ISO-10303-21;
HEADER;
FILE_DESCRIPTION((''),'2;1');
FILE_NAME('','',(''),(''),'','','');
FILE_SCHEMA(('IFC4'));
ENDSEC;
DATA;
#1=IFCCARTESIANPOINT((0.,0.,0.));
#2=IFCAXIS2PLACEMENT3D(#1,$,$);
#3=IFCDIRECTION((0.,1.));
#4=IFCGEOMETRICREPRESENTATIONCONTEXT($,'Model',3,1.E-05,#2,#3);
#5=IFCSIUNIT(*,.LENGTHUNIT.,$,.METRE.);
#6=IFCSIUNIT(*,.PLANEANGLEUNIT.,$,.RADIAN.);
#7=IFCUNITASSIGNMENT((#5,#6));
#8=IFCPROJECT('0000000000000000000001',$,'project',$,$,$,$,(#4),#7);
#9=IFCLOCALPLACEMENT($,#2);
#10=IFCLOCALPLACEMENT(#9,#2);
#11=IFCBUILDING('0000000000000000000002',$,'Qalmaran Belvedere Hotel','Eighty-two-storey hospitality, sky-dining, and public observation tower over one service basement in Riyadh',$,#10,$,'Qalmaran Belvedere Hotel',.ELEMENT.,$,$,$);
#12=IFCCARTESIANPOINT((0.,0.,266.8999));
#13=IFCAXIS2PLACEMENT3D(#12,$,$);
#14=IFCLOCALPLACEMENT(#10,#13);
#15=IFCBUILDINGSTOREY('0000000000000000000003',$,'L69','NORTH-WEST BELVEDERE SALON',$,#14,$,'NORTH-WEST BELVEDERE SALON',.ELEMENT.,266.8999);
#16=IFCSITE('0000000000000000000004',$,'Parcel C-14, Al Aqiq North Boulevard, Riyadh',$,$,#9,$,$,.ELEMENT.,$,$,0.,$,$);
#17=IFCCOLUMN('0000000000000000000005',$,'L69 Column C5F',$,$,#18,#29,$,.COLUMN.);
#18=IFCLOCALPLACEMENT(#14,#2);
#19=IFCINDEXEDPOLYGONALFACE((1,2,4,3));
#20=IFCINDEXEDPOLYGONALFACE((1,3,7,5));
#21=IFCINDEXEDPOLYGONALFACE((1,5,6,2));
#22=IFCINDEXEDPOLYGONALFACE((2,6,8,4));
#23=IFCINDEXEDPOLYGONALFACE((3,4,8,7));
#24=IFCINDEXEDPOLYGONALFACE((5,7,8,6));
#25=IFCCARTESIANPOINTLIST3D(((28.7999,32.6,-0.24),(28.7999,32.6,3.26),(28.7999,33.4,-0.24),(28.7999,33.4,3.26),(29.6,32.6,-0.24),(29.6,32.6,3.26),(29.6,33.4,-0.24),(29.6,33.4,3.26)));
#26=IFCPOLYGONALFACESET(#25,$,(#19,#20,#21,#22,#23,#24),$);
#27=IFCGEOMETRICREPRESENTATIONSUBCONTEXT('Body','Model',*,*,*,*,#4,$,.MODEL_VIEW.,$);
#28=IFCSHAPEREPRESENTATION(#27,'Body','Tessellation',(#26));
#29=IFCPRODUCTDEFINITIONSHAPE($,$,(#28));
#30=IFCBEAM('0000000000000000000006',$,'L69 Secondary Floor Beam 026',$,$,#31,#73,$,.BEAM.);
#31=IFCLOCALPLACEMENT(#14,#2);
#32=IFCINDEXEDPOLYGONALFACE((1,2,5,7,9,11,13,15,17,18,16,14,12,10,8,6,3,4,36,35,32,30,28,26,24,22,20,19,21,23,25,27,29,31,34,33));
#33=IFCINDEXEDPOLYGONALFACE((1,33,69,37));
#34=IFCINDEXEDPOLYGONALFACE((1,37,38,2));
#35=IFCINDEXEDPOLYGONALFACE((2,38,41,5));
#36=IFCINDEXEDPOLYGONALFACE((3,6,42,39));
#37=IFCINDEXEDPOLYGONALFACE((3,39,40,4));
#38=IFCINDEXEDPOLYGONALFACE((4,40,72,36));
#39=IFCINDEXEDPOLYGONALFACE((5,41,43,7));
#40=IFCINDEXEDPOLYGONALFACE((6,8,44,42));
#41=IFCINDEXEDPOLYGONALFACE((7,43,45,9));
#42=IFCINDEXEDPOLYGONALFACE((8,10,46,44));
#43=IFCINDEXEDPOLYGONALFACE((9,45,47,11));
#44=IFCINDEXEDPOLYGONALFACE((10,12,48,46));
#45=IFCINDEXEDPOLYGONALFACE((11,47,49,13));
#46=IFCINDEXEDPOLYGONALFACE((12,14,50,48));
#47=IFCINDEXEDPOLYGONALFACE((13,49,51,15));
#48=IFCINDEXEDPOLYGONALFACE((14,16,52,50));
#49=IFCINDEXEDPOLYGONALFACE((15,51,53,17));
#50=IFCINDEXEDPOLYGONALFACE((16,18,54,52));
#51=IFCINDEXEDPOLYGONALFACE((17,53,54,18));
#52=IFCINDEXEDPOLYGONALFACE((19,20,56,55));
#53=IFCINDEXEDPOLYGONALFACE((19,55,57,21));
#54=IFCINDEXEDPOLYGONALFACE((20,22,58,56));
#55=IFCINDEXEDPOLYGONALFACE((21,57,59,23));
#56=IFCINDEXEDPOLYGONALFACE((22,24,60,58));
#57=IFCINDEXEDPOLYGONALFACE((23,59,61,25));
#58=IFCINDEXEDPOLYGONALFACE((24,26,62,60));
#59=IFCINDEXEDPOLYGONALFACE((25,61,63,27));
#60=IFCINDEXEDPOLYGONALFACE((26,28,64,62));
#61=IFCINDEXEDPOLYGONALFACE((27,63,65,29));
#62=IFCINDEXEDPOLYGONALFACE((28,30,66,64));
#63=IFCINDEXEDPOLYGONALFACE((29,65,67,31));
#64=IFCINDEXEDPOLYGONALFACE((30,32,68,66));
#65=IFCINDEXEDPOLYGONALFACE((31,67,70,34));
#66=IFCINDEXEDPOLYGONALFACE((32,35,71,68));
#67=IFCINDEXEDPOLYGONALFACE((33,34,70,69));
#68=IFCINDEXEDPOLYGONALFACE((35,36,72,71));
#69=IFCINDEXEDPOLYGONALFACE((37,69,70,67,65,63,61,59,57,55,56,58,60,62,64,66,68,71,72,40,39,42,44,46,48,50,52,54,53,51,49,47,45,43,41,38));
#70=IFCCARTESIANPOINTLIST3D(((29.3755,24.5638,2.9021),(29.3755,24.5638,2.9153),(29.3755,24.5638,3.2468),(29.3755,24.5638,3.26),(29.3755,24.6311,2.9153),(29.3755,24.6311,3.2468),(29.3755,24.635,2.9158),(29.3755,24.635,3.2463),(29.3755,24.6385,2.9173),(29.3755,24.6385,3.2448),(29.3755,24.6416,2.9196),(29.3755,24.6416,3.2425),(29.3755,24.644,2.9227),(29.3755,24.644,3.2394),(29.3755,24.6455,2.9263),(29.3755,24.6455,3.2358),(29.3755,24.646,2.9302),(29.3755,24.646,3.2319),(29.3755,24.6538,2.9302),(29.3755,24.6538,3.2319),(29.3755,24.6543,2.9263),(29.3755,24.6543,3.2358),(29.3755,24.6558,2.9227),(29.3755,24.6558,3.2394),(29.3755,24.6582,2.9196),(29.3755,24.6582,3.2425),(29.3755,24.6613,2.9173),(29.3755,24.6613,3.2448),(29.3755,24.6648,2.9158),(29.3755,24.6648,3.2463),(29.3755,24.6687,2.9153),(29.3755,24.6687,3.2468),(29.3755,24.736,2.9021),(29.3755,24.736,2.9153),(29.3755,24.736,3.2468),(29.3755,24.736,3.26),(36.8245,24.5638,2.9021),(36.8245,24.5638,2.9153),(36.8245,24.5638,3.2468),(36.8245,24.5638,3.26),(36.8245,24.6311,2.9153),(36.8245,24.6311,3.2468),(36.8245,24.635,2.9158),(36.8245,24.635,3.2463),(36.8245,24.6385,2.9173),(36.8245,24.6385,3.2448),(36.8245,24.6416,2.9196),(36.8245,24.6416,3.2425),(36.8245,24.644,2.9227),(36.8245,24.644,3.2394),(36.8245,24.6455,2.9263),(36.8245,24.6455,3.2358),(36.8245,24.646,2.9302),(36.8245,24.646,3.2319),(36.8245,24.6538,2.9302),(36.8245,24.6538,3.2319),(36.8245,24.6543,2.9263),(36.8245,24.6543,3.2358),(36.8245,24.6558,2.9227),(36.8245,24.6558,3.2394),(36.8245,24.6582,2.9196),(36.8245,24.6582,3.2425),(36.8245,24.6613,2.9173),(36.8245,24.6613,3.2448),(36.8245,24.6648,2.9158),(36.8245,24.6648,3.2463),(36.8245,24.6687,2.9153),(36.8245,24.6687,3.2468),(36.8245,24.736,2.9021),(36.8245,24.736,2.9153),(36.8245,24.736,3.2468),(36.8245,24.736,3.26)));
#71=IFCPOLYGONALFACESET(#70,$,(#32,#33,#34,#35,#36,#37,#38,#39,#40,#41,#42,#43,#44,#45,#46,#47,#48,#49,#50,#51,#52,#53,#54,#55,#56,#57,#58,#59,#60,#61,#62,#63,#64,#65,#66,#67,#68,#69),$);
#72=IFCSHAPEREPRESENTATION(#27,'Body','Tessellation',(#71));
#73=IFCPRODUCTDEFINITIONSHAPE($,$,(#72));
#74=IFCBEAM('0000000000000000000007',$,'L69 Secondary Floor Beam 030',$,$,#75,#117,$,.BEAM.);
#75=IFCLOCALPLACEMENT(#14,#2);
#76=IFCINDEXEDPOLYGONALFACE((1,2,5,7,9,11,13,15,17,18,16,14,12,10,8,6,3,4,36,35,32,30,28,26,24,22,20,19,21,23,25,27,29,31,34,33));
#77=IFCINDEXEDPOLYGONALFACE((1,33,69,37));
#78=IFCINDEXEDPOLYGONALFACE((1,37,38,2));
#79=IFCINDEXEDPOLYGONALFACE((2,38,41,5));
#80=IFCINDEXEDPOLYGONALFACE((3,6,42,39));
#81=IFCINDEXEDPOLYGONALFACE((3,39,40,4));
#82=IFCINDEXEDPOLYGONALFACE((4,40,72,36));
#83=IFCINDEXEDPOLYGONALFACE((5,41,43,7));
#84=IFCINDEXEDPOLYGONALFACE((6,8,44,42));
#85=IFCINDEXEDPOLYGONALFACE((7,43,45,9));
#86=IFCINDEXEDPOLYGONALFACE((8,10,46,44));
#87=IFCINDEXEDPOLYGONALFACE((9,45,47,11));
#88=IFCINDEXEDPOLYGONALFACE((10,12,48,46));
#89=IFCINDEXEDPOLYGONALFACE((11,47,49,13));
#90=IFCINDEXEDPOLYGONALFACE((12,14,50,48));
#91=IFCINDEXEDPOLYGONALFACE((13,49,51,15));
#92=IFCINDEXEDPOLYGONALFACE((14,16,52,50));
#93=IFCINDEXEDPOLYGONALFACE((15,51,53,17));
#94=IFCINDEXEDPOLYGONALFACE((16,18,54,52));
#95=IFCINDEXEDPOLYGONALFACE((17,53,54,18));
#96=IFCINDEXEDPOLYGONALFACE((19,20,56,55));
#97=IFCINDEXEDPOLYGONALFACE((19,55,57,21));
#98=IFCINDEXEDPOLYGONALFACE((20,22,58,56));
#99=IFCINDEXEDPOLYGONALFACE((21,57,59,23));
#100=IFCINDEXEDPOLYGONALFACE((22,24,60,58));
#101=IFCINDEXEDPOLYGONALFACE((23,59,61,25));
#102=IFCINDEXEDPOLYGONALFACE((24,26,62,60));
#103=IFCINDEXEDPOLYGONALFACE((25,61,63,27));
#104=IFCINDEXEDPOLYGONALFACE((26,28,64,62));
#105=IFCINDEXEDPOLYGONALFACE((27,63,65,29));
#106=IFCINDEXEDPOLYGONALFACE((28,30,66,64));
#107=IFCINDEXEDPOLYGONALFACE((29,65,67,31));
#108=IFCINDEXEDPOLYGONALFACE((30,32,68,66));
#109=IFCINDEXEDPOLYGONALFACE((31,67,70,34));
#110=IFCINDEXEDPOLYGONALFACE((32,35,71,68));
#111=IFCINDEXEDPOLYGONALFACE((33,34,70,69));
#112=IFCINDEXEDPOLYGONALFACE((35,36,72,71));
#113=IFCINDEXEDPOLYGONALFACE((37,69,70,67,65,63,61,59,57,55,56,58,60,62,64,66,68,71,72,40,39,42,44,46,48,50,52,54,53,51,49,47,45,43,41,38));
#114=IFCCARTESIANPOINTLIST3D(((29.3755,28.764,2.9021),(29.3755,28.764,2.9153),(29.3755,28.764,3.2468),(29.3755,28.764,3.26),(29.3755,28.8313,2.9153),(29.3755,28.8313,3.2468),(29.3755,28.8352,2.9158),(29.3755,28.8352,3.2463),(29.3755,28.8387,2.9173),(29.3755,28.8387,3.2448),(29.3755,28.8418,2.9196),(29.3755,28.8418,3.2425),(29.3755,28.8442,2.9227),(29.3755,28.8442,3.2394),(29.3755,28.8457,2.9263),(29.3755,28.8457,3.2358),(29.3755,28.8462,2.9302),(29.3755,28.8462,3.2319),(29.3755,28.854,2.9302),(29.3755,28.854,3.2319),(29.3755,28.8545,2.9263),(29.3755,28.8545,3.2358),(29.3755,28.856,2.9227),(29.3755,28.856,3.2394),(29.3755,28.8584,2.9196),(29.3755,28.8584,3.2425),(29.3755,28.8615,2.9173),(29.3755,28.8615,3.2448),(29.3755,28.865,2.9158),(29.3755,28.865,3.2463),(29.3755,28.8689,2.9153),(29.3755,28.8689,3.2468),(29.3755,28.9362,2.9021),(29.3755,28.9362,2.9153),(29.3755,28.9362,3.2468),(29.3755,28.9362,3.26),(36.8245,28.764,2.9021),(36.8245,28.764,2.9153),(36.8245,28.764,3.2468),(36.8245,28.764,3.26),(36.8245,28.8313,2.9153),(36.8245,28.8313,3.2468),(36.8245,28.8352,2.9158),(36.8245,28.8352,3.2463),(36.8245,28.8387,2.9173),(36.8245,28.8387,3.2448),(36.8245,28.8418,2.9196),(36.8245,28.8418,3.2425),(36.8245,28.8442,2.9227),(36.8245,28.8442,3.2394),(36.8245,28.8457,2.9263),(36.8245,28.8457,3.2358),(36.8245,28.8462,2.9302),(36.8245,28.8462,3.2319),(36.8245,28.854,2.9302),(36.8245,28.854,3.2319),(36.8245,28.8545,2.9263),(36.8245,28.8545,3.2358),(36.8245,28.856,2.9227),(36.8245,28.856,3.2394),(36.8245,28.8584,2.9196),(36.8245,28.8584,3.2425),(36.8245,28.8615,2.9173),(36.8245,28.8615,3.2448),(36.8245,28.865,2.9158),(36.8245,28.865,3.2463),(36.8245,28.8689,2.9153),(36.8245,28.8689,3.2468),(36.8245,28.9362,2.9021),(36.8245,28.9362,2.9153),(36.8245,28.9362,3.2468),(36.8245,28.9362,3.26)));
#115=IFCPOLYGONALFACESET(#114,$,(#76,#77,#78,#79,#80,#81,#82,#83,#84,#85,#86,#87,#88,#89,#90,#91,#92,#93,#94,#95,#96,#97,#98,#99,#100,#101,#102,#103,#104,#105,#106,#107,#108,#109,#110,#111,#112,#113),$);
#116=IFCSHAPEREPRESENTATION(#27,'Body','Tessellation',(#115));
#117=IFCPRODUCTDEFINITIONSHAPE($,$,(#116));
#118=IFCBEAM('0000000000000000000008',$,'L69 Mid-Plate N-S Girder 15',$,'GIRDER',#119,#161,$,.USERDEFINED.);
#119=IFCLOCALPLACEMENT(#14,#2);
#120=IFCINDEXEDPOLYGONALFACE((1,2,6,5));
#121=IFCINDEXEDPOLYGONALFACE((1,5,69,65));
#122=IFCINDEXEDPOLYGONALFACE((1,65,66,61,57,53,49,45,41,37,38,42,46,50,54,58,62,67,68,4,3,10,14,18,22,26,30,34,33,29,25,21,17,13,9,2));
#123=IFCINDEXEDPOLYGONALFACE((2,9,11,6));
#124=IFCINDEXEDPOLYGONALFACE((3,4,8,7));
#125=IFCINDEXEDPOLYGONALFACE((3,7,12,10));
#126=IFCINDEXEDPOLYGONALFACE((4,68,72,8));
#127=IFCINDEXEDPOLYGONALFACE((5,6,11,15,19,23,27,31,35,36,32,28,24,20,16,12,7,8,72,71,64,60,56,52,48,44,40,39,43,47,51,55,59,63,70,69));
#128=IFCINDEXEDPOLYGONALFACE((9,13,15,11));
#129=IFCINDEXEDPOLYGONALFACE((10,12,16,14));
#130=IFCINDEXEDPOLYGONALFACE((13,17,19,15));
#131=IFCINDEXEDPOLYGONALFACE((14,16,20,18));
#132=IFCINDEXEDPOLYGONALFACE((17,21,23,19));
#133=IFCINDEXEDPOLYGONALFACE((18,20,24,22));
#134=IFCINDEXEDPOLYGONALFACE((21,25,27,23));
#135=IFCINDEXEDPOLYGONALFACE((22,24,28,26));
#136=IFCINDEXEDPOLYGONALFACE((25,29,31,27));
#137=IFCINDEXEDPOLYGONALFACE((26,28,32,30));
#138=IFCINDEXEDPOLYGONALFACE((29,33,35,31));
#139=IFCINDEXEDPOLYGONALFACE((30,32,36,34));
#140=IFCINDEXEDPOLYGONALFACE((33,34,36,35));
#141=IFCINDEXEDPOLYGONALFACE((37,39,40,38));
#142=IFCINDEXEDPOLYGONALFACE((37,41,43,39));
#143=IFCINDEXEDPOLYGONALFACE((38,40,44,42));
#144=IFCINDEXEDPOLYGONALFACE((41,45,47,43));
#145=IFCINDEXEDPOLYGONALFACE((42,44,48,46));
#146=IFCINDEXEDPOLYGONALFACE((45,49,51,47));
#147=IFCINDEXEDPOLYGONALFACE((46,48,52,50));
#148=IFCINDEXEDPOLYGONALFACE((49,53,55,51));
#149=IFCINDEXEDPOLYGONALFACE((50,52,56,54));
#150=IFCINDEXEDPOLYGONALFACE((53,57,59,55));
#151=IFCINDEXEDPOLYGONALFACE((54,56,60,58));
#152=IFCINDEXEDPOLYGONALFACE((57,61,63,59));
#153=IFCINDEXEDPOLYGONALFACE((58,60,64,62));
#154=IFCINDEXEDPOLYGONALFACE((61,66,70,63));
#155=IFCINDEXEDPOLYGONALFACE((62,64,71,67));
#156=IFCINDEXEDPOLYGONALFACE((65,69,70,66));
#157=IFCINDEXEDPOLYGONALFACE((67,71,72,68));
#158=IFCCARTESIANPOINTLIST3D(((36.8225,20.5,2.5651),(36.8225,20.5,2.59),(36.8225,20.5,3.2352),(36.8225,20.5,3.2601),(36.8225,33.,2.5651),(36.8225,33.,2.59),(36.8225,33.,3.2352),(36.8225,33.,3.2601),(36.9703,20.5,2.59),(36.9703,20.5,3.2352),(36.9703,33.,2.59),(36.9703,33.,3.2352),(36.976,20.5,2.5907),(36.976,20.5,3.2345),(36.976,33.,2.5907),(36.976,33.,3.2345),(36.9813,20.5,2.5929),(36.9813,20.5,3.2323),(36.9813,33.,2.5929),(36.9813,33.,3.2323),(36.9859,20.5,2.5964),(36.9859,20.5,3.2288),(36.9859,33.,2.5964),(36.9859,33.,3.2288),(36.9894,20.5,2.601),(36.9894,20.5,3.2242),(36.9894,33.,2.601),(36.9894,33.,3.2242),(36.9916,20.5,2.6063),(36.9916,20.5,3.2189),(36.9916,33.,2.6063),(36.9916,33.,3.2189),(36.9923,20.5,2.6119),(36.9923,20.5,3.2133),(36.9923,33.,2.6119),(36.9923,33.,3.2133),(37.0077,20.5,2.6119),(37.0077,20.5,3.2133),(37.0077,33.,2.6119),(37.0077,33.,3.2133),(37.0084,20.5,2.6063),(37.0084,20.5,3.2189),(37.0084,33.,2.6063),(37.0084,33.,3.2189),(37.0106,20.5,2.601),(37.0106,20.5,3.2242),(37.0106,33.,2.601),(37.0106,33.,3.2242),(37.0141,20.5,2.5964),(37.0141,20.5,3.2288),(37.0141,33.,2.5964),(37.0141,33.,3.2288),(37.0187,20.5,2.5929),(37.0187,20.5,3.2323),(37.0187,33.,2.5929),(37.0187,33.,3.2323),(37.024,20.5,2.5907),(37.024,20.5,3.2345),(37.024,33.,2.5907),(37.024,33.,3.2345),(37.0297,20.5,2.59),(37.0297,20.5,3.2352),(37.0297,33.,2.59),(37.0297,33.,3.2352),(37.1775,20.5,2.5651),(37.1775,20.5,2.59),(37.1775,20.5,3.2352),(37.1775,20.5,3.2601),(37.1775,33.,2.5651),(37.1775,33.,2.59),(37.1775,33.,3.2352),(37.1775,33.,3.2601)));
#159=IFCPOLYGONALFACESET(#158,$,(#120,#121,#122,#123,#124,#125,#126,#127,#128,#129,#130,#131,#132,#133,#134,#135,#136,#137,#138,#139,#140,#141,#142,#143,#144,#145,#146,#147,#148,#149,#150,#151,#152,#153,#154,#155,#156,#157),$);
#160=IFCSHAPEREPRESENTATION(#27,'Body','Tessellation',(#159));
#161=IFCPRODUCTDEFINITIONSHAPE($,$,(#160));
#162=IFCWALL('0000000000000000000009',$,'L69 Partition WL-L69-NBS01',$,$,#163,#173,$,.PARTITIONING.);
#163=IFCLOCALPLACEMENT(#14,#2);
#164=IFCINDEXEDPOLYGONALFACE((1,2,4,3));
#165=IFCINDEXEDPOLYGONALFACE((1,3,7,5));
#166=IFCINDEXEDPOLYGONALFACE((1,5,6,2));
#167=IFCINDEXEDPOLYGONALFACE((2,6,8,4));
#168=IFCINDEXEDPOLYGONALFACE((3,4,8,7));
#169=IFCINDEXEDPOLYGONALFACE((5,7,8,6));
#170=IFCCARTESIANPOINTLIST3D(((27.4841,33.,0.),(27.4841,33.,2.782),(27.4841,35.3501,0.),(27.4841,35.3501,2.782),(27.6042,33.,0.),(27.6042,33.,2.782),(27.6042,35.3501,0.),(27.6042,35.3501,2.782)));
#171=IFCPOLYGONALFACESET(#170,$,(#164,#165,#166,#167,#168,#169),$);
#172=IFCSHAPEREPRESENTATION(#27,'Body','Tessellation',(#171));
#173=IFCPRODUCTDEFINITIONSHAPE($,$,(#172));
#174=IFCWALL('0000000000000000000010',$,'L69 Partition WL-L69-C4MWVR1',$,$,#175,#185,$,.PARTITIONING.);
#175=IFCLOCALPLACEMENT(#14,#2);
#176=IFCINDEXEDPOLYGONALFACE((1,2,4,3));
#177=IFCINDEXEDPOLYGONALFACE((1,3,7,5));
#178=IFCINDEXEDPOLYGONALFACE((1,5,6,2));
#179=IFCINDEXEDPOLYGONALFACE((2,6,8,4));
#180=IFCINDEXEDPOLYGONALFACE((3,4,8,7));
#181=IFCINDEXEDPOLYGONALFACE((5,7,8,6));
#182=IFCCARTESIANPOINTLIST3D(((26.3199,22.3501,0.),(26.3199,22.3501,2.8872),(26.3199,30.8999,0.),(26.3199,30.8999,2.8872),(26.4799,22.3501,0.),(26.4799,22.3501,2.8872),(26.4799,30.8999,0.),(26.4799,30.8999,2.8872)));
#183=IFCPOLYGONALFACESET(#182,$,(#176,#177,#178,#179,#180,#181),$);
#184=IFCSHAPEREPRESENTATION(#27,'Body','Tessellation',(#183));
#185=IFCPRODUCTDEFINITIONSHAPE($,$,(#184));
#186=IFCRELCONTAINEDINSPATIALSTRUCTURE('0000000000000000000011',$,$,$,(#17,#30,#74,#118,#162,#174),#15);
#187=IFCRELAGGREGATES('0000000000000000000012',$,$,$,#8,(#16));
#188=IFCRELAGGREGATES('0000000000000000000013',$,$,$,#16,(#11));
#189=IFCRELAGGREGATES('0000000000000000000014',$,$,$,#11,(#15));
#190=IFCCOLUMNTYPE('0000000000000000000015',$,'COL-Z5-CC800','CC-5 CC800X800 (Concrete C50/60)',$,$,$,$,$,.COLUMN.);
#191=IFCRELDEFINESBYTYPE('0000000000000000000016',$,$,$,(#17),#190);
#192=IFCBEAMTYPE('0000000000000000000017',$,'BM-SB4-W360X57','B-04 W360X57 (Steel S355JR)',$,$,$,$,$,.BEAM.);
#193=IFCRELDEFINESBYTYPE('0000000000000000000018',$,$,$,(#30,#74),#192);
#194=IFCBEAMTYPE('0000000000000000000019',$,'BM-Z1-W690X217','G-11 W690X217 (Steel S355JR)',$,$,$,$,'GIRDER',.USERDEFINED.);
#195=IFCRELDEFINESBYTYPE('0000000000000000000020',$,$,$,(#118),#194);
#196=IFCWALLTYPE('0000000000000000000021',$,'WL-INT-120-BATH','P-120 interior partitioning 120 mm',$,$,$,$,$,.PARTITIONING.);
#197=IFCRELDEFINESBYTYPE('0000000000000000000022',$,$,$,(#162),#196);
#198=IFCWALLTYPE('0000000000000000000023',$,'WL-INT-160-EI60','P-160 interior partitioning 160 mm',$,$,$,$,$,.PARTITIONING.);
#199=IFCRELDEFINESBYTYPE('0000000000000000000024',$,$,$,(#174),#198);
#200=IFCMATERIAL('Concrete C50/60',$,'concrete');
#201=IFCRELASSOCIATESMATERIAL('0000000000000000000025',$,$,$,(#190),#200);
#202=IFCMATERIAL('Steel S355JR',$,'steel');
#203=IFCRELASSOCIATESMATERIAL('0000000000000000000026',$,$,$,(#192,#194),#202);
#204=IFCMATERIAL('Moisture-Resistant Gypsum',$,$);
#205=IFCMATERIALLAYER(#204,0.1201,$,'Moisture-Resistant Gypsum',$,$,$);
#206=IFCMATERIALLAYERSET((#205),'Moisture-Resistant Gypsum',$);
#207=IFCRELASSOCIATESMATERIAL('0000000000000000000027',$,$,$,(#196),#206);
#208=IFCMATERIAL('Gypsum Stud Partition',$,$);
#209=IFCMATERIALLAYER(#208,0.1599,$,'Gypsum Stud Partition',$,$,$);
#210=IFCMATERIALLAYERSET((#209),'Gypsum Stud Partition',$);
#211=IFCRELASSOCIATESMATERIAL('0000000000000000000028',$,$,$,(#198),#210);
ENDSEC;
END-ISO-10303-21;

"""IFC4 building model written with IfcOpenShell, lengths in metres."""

from ifc_helpers import new_model, si_unit, direction, frame, frame_2d, origin, origin_2d, place, context, subcontext, project, spatial, rectangle, i_section, extrude, material, layer, layer_set, material_profile, profile_set, type_object, element, save


model = new_model("IFC4")

# Units and contexts
model_context = context("Model", 3, precision=1e-05, world=origin(), true_north=direction((0.0, 1.0)))
body_context = subcontext(model_context, "Body", "Model", "MODEL_VIEW")
ifc_project = project(units=[si_unit("LENGTHUNIT", "METRE"), si_unit("PLANEANGLEUNIT", "RADIAN")], contexts=[model_context])

# Site, building, storey
site_placement = place(None, origin())
site = spatial("IfcSite", under=ifc_project, at=site_placement, Name="Parcel C-14, Al Aqiq North Boulevard, Riyadh", CompositionType="ELEMENT", RefElevation=0.0)
building_placement = place(site_placement, origin())
building = spatial("IfcBuilding", under=site, at=building_placement, Name="Qalmaran Belvedere Hotel", Description="Eighty-two-storey hospitality, sky-dining, and public observation tower over one service basement in Riyadh", LongName="Qalmaran Belvedere Hotel", CompositionType="ELEMENT")
storey_placement = place(building_placement, frame((0.0, 0.0, 266.8999)))
storey = spatial("IfcBuildingStorey", under=building, at=storey_placement, Name="L69", Description="NORTH-WEST BELVEDERE SALON", LongName="NORTH-WEST BELVEDERE SALON", CompositionType="ELEMENT", Elevation=266.8999)

# Column
ifc_material_1 = material(Name="Concrete C50/60", Category="concrete")
ifc_material_profile_1 = material_profile(ifc_material_1, rectangle(XDim=0.8, YDim=0.8, at=origin_2d()), Name="CC800X800")
ifc_profile_set_1 = profile_set([ifc_material_profile_1], Name="Concrete C50/60")
column_type = type_object("IfcColumnType", Name="COL-Z5-CC800", Description="CC-5 CC800X800 (Concrete C50/60)", PredefinedType="COLUMN", material=ifc_profile_set_1)
column_placement = place(storey_placement, frame((29.2, 33.0, -0.24), z_axis=(0.0, 0.0, 1.0), x_axis=(1.0, 0.0, 0.0)))
element("IfcColumn", 1, at=column_placement, inside=storey, type_object=column_type, Name="L69 Column C5F", PredefinedType="COLUMN", context=body_context, shape_type="SweptSolid", body=[
    extrude(rectangle(XDim=0.8, YDim=0.8, at=origin_2d()), origin(), (0.0, 0.0, 1.0), 3.5),
])

# Beams
ifc_material_2 = material(Name="Steel S355JR", Category="steel")
ifc_material_profile_2 = material_profile(ifc_material_2, i_section(OverallWidth=0.1721, OverallDepth=0.3579, WebThickness=0.0078, FlangeThickness=0.0132, FilletRadius=0.0149, at=origin_2d()), Name="W360X57")
ifc_profile_set_2 = profile_set([ifc_material_profile_2], Name="Steel S355JR")
beam_type_1 = type_object("IfcBeamType", Name="BM-SB4-W360X57", Description="B-04 W360X57 (Steel S355JR)", PredefinedType="BEAM", material=ifc_profile_set_2)
for number, where, z_axis, x_axis, name in (
    (2, (29.3755, 24.6499, 3.0811), (1.0, 0.0, 0.0), (0.0, 1.0, 0.0), "L69 Secondary Floor Beam 026"),
    (3, (29.3755, 28.8501, 3.0811), (1.0, 0.0, 0.0), (0.0, 1.0, 0.0), "L69 Secondary Floor Beam 030"),
):
    element("IfcBeam", number, at=place(storey_placement, frame(where, z_axis=z_axis, x_axis=x_axis)), inside=storey, type_object=beam_type_1, Name=name, PredefinedType="BEAM", context=body_context, shape_type="SweptSolid", body=[
        extrude(i_section(OverallWidth=0.1721, OverallDepth=0.3579, WebThickness=0.0078, FlangeThickness=0.0132, FilletRadius=0.0149, at=origin_2d()), origin(), (0.0, 0.0, 1.0), 7.449),
    ])
ifc_material_profile_3 = material_profile(ifc_material_2, i_section(OverallWidth=0.355, OverallDepth=0.6951, WebThickness=0.0154, FlangeThickness=0.0249, FilletRadius=0.022, at=origin_2d()), Name="W690X217")
ifc_profile_set_3 = profile_set([ifc_material_profile_3], Name="Steel S355JR")
beam_type_2 = type_object("IfcBeamType", Name="BM-Z1-W690X217", Description="G-11 W690X217 (Steel S355JR)", ElementType="GIRDER", PredefinedType="USERDEFINED", material=ifc_profile_set_3)
beam_placement = place(storey_placement, frame((37.0, 20.5, 2.9126), z_axis=(0.0, 1.0, 0.0), x_axis=(-1.0, 0.0, 0.0)))
element("IfcBeam", 4, at=beam_placement, inside=storey, type_object=beam_type_2, Name="L69 Mid-Plate N-S Girder 15", ObjectType="GIRDER", PredefinedType="USERDEFINED", context=body_context, shape_type="SweptSolid", body=[
    extrude(i_section(OverallWidth=0.355, OverallDepth=0.6951, WebThickness=0.0154, FlangeThickness=0.0249, FilletRadius=0.022, at=origin_2d()), origin(), (0.0, 0.0, 1.0), 12.5),
])

# Wall
ifc_material_3 = material(Name="Moisture-Resistant Gypsum")
ifc_layer_1 = layer(ifc_material_3, 0.1201, Name="Moisture-Resistant Gypsum")
ifc_layer_set_1 = layer_set([ifc_layer_1], Name="Moisture-Resistant Gypsum")
wall_type_1 = type_object("IfcWallType", Name="WL-INT-120-BATH", Description="P-120 interior partitioning 120 mm", PredefinedType="PARTITIONING", material=ifc_layer_set_1)
wall_1_placement = place(storey_placement, frame((27.5442, 33.0, 0.0), z_axis=(0.0, 0.0, 1.0), x_axis=(0.0, 1.0, 0.0)))
element("IfcWall", 5, at=wall_1_placement, inside=storey, type_object=wall_type_1, Name="L69 Partition WL-L69-NBS01", PredefinedType="PARTITIONING", context=body_context, shape_type="SweptSolid", body=[
    extrude(rectangle(XDim=2.3501, YDim=0.1201, at=frame_2d((1.175, 0.0))), origin(), (0.0, 0.0, 1.0), 2.782),
])

# Shared definitions
ifc_material_4 = material(Name="Gypsum Stud Partition")

# Wall
ifc_layer_2 = layer(ifc_material_4, 0.1599, Name="Gypsum Stud Partition")
ifc_layer_set_2 = layer_set([ifc_layer_2], Name="Gypsum Stud Partition")
wall_type_2 = type_object("IfcWallType", Name="WL-INT-160-EI60", Description="P-160 interior partitioning 160 mm", PredefinedType="PARTITIONING", material=ifc_layer_set_2)
for number, where, z_axis, x_axis, name in (
    (6, (26.3999, 22.3501, 0.0), (0.0, 0.0, 1.0), (0.0, 1.0, 0.0), "L69 Partition WL-L69-C4MWVR1"),
):
    element("IfcWall", number, at=place(storey_placement, frame(where, z_axis=z_axis, x_axis=x_axis)), inside=storey, type_object=wall_type_2, Name=name, PredefinedType="PARTITIONING", context=body_context, shape_type="SweptSolid", body=[
        extrude(rectangle(XDim=8.5498, YDim=0.1599, at=frame_2d((4.2749, 0.0))), origin(), (0.0, 0.0, 1.0), 2.8872),
    ])

save(model, "model.ifc")
